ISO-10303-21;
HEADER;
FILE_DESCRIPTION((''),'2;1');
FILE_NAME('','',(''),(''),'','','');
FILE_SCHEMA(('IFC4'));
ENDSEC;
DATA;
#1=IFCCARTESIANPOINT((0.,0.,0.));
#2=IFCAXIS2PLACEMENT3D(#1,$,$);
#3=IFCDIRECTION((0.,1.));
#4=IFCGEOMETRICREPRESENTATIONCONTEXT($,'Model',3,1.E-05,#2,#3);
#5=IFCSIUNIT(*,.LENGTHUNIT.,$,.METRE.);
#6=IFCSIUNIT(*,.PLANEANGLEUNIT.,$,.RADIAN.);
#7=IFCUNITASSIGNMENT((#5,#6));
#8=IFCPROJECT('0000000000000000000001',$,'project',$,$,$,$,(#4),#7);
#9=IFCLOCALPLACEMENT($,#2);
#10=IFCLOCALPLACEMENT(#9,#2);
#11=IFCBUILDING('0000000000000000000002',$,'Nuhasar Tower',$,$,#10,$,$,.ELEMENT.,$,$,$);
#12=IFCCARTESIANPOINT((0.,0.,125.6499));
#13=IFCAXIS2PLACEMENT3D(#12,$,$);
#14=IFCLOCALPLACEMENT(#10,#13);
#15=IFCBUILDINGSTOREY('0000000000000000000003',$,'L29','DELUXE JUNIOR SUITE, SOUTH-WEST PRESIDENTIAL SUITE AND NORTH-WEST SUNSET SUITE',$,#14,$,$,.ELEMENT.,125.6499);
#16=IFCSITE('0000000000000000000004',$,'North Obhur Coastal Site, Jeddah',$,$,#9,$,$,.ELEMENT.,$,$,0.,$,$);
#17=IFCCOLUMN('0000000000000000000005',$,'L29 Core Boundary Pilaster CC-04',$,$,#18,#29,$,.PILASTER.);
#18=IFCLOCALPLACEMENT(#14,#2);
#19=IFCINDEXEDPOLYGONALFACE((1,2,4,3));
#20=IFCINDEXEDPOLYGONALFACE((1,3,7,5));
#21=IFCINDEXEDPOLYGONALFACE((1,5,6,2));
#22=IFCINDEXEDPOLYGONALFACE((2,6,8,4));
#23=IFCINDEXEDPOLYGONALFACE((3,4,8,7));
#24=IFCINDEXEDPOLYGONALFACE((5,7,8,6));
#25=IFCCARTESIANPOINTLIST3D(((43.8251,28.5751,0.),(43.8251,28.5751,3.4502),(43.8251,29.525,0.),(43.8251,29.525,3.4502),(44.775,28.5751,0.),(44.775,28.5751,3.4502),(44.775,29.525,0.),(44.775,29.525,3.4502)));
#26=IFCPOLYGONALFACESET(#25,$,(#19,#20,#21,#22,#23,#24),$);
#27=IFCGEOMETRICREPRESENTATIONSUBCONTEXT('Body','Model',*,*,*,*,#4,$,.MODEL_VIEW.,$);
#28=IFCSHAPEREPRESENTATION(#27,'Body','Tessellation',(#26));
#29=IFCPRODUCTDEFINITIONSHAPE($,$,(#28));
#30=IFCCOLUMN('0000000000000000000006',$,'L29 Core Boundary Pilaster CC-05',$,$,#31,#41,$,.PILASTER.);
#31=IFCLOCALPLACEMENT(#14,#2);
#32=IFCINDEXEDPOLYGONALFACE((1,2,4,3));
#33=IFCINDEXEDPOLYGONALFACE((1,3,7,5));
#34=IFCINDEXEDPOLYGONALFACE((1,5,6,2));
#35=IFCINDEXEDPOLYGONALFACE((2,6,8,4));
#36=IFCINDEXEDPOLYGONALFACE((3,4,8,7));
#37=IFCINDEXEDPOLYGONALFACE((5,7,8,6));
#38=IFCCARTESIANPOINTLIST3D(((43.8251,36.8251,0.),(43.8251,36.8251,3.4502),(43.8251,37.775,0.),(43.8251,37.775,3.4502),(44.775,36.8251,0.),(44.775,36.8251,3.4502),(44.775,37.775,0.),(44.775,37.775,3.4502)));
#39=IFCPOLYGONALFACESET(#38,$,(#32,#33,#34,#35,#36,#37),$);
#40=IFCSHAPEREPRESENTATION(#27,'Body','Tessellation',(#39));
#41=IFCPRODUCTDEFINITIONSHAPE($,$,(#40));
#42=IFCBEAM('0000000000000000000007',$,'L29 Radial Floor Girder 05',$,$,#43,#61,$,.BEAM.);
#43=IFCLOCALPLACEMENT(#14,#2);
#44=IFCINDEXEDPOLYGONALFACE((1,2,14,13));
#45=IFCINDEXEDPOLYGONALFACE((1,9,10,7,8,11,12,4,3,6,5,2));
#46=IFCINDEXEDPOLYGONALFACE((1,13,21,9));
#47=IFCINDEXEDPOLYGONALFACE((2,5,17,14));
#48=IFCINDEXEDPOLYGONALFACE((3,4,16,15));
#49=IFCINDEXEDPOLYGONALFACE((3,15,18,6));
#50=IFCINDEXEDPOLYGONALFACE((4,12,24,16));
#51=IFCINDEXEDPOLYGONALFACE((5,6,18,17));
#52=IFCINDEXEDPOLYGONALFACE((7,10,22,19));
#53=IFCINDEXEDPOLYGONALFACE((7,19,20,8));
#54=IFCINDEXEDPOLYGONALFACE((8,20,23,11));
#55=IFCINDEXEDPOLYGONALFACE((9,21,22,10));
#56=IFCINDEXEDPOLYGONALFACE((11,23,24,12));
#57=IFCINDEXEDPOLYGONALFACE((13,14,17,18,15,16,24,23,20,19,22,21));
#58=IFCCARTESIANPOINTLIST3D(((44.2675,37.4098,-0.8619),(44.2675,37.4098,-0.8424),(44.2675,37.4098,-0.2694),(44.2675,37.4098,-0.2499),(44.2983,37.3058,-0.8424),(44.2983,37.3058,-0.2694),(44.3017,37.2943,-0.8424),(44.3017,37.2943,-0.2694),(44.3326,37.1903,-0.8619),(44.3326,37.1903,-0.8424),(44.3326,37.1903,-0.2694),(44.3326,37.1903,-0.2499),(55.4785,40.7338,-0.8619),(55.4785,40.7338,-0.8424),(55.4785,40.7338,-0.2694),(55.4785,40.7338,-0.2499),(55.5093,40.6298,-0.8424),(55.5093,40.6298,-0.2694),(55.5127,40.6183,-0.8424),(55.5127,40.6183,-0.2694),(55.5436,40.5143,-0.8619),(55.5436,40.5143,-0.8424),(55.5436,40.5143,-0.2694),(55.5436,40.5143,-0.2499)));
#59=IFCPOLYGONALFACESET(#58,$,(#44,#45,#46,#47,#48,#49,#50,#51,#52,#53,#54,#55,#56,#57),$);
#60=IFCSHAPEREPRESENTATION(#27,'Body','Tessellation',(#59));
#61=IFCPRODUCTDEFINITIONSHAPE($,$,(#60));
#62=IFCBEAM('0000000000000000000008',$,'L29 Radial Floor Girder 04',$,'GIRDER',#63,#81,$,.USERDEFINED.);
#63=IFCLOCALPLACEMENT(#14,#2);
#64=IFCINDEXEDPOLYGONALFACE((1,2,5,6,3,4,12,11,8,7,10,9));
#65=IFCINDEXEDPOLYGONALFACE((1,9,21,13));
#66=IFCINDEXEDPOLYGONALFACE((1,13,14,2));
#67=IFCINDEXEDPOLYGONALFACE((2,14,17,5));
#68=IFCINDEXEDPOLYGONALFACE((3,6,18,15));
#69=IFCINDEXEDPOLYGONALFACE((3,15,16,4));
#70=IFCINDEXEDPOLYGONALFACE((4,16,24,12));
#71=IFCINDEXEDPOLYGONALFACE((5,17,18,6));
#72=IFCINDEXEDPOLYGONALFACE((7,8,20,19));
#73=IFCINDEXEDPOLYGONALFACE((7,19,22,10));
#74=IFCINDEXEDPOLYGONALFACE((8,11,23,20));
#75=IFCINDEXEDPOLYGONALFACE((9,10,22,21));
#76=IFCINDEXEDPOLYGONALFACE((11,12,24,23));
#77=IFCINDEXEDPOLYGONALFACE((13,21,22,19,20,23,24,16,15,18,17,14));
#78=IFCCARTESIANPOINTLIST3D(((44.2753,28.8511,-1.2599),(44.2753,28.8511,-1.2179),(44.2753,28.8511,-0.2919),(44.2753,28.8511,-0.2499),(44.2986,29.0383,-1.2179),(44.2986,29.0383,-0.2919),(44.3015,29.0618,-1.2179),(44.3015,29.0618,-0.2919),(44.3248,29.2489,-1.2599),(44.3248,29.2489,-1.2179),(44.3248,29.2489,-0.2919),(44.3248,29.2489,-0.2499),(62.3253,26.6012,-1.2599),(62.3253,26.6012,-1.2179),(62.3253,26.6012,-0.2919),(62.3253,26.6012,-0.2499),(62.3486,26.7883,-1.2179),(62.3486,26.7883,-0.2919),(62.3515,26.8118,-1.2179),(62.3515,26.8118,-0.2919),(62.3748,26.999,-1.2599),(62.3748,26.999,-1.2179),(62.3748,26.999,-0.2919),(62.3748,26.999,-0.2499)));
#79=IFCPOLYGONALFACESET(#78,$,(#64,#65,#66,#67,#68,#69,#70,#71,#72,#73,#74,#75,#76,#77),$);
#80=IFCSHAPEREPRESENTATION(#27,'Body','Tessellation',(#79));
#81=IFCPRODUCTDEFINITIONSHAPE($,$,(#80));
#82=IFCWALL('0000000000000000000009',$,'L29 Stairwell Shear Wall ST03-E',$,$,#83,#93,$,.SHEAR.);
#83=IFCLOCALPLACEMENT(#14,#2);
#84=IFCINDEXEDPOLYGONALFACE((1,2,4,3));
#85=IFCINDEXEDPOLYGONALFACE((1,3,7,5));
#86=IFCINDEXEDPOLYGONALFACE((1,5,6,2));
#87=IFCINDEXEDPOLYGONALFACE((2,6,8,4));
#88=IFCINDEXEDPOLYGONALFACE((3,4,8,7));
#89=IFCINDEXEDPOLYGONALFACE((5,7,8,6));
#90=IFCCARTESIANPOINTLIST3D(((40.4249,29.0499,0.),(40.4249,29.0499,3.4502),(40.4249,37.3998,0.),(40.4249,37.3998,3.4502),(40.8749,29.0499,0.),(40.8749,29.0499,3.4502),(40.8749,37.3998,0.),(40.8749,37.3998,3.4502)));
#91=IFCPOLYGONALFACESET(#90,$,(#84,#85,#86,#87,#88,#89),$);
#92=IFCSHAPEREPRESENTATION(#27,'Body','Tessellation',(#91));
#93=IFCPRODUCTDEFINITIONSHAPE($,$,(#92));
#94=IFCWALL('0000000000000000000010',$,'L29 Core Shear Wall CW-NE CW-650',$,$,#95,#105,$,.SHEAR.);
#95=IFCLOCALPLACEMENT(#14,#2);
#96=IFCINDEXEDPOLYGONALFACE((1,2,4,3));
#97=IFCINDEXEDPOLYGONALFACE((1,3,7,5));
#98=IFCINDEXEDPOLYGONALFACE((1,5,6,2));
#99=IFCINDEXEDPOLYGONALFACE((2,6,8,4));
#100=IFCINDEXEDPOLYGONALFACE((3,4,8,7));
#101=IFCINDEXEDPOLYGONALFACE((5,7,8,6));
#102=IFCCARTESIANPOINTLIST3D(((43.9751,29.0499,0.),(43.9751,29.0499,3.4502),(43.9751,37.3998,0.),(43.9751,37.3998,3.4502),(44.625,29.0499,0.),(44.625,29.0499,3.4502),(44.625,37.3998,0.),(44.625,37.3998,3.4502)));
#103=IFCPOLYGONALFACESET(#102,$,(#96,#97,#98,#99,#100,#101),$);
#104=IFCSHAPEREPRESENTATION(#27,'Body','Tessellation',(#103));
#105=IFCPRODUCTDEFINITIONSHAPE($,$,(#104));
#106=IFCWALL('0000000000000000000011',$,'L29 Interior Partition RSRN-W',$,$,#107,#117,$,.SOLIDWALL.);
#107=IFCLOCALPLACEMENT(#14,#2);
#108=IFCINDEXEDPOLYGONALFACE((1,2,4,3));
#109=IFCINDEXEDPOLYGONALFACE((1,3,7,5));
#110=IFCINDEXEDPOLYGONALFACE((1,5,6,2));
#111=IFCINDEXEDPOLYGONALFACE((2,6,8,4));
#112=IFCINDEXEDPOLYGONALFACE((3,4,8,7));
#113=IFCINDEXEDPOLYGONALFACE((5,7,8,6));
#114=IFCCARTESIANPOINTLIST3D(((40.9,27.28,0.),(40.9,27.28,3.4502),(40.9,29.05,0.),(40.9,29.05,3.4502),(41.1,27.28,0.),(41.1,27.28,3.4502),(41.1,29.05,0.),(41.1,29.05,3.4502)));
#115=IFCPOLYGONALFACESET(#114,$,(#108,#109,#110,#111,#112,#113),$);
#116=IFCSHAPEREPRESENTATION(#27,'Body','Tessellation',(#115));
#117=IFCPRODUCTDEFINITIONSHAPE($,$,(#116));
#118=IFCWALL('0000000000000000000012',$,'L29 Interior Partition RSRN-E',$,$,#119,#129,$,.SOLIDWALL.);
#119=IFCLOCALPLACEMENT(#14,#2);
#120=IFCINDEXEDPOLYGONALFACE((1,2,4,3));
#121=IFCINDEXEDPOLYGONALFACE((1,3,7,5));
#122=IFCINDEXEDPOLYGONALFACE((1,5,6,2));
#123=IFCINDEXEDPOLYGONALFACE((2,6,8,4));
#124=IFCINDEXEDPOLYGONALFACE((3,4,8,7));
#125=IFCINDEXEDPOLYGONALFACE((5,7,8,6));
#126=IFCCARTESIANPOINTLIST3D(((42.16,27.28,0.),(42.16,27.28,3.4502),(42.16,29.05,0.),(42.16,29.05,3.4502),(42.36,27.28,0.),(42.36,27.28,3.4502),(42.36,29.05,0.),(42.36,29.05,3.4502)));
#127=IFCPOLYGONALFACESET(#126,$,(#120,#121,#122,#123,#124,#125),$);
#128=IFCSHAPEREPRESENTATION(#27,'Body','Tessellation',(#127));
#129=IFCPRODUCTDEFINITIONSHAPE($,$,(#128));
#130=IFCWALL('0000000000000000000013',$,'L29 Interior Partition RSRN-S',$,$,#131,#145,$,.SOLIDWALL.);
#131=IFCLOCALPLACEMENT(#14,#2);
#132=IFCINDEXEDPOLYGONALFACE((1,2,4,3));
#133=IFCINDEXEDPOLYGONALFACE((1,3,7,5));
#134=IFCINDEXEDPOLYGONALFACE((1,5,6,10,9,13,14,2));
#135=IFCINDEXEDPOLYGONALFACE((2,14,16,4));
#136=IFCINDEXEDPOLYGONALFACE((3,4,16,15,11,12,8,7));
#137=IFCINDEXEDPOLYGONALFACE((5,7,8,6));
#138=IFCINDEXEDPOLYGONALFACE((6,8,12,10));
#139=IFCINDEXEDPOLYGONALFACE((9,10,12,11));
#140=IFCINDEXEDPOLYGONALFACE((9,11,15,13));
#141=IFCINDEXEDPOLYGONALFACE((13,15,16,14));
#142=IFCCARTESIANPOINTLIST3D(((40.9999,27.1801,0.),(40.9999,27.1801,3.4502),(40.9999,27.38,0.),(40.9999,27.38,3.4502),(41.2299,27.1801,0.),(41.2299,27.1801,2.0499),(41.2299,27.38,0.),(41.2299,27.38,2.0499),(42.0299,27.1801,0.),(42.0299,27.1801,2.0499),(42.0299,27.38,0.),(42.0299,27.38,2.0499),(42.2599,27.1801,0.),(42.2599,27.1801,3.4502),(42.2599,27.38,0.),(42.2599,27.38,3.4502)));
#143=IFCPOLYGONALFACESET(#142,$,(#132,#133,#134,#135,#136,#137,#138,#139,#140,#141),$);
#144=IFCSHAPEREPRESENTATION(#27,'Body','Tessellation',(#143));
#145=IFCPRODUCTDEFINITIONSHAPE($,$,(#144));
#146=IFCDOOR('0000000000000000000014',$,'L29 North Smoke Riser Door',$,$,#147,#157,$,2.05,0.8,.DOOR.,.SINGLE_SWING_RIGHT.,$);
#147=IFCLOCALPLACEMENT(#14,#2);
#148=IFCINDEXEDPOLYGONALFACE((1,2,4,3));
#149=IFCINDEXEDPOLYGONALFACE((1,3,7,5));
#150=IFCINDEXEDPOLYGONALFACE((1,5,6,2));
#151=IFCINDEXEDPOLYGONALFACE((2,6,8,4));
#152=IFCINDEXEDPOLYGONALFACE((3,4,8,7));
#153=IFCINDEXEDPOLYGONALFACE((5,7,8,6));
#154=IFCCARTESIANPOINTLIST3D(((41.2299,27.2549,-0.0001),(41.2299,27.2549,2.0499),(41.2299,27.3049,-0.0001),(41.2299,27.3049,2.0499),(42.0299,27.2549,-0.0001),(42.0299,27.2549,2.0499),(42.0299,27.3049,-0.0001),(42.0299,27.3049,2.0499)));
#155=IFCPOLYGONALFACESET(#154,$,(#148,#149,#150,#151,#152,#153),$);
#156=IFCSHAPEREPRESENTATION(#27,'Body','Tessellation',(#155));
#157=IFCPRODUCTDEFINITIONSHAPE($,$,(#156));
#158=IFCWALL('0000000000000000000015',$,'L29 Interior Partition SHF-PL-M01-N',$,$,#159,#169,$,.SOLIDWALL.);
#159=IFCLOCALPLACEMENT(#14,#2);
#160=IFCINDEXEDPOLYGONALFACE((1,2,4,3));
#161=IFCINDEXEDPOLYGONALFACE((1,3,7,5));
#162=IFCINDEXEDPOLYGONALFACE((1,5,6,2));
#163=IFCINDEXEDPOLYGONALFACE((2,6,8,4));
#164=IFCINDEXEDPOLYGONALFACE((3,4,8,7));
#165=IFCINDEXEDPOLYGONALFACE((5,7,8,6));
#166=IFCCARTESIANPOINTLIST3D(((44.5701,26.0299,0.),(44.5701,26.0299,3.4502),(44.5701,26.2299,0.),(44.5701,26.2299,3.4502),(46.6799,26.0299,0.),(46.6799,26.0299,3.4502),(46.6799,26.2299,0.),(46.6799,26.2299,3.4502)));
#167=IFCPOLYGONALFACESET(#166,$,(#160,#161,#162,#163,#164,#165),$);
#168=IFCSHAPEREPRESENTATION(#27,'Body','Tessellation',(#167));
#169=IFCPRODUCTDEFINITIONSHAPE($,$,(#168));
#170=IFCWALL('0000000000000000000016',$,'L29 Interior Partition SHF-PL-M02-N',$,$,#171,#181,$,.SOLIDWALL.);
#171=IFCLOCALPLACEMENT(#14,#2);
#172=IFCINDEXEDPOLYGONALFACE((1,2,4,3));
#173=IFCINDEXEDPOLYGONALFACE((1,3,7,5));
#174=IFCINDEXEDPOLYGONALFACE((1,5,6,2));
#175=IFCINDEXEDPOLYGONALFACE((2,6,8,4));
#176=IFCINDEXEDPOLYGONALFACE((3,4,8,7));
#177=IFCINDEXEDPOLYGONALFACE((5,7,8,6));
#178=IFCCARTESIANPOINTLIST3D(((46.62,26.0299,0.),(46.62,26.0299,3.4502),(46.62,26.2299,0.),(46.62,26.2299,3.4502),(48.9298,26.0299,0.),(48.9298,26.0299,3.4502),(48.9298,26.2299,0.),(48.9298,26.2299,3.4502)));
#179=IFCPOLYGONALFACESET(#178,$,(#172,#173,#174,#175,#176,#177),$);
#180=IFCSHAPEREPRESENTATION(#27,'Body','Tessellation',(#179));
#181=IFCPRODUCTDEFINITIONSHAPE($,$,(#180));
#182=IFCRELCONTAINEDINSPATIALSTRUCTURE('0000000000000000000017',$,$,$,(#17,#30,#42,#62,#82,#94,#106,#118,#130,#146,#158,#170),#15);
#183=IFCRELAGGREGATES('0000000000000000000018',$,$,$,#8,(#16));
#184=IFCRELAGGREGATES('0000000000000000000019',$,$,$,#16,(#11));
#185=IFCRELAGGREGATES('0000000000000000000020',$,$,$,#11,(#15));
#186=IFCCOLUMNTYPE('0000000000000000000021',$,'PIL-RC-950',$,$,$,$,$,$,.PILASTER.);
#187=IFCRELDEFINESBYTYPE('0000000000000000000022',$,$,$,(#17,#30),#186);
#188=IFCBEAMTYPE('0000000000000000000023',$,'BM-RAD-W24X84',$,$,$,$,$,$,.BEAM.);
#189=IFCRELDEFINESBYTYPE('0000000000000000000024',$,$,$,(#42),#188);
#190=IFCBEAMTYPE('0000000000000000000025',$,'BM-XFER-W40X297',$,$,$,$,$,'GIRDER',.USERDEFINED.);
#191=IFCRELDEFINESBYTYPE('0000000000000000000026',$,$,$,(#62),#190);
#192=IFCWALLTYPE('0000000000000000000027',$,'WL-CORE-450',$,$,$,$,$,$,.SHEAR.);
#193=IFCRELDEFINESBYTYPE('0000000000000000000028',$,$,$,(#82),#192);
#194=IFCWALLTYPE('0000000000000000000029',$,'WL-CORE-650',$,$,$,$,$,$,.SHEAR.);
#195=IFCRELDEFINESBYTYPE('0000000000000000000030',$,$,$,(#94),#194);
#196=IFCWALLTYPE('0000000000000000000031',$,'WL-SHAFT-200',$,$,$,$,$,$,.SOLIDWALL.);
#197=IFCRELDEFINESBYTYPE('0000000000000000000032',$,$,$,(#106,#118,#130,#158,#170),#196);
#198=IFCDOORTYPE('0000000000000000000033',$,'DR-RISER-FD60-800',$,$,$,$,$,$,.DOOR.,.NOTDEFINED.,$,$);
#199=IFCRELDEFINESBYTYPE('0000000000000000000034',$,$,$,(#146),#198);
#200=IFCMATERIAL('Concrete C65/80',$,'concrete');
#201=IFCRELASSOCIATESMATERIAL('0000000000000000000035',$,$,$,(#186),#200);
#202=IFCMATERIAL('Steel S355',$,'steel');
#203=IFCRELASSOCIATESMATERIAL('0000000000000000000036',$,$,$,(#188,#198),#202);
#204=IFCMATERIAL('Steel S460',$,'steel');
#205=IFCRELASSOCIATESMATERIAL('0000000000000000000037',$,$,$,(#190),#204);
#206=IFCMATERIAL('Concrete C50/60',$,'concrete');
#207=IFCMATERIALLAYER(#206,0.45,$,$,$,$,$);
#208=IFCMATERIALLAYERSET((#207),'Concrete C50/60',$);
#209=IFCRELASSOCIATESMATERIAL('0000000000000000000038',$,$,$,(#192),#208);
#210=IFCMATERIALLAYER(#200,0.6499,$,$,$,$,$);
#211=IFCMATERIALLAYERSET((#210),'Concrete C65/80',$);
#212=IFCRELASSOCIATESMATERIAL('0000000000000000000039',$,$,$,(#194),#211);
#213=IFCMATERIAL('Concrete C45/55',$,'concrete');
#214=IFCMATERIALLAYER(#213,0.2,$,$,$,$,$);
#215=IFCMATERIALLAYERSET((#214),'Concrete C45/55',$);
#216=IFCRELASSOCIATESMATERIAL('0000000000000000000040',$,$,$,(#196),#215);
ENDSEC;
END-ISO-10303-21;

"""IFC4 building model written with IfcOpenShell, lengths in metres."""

from ifc_helpers import new_model, si_unit, direction, frame, frame_2d, origin, origin_2d, place, context, subcontext, project, spatial, rectangle, i_section, extrude, material, layer, layer_set, material_profile, profile_set, type_object, element, fill, save


model = new_model("IFC4")

# Units and contexts
model_context = context("Model", 3, precision=1e-05, world=origin(), true_north=direction((0.0, 1.0)))
body_context = subcontext(model_context, "Body", "Model", "MODEL_VIEW")
ifc_project = project(units=[si_unit("LENGTHUNIT", "METRE"), si_unit("PLANEANGLEUNIT", "RADIAN")], contexts=[model_context])

# Site, building, storey
site_placement = place(None, origin())
site = spatial("IfcSite", under=ifc_project, at=site_placement, Name="North Obhur Coastal Site, Jeddah", CompositionType="ELEMENT", RefElevation=0.0)
building_placement = place(site_placement, origin())
building = spatial("IfcBuilding", under=site, at=building_placement, Name="Nuhasar Tower", CompositionType="ELEMENT")
storey_placement = place(building_placement, frame((0.0, 0.0, 125.6499)))
storey = spatial("IfcBuildingStorey", under=building, at=storey_placement, Name="L29", Description="DELUXE JUNIOR SUITE, SOUTH-WEST PRESIDENTIAL SUITE AND NORTH-WEST SUNSET SUITE", CompositionType="ELEMENT", Elevation=125.6499)

# Columns
ifc_material_1 = material(Name="Concrete C65/80", Category="concrete")
ifc_material_profile_1 = material_profile(ifc_material_1, rectangle(XDim=0.95, YDim=0.95, at=origin_2d()), Name="RC950X950")
ifc_profile_set_1 = profile_set([ifc_material_profile_1], Name="Concrete C65/80")
column_type = type_object("IfcColumnType", Name="PIL-RC-950", PredefinedType="PILASTER", material=ifc_profile_set_1)
for number, where, z_axis, x_axis, name in (
    (1, (44.3, 29.05, 0.0), (0.0, 0.0, 1.0), (1.0, 0.0, 0.0), "L29 Core Boundary Pilaster CC-04"),
    (2, (44.3, 37.3, 0.0), (0.0, 0.0, 1.0), (1.0, 0.0, 0.0), "L29 Core Boundary Pilaster CC-05"),
):
    element("IfcColumn", number, at=place(storey_placement, frame(where, z_axis=z_axis, x_axis=x_axis)), inside=storey, type_object=column_type, Name=name, PredefinedType="PILASTER", context=body_context, shape_type="SweptSolid", body=[
        extrude(rectangle(XDim=0.95, YDim=0.95, at=origin_2d()), origin(), (0.0, 0.0, 1.0), 3.4502),
    ])

# Beams
ifc_material_2 = material(Name="Steel S355", Category="steel")
ifc_material_profile_2 = material_profile(ifc_material_2, i_section(OverallWidth=0.229, OverallDepth=0.6121, WebThickness=0.012, FlangeThickness=0.0195, at=origin_2d()), Name="W24X84")
ifc_profile_set_2 = profile_set([ifc_material_profile_2], Name="Steel S355")
beam_type_1 = type_object("IfcBeamType", Name="BM-RAD-W24X84", PredefinedType="BEAM", material=ifc_profile_set_2)
beam_1_placement = place(storey_placement, frame((44.3, 37.3, -0.5559), z_axis=(0.958746, 0.284262, 0.0), x_axis=(-0.284262, 0.958746, 0.0)))
element("IfcBeam", 3, at=beam_1_placement, inside=storey, type_object=beam_type_1, Name="L29 Radial Floor Girder 05", PredefinedType="BEAM", context=body_context, shape_type="SweptSolid", body=[
    extrude(i_section(OverallWidth=0.229, OverallDepth=0.6121, WebThickness=0.012, FlangeThickness=0.0195, at=origin_2d()), origin(), (0.0, 0.0, 1.0), 11.6934),
])
ifc_material_3 = material(Name="Steel S460", Category="steel")
ifc_material_profile_3 = material_profile(ifc_material_3, i_section(OverallWidth=0.4009, OverallDepth=1.01, WebThickness=0.0237, FlangeThickness=0.042, at=origin_2d()), Name="W40X297")
ifc_profile_set_3 = profile_set([ifc_material_profile_3], Name="Steel S460")
beam_type_2 = type_object("IfcBeamType", Name="BM-XFER-W40X297", ElementType="GIRDER", PredefinedType="USERDEFINED", material=ifc_profile_set_3)
beam_2_placement = place(storey_placement, frame((44.3, 29.05, -0.7549), z_axis=(0.99232, -0.123696, 0.0), x_axis=(0.123696, 0.99232, 0.0)))
element("IfcBeam", 4, at=beam_2_placement, inside=storey, type_object=beam_type_2, Name="L29 Radial Floor Girder 04", ObjectType="GIRDER", PredefinedType="USERDEFINED", context=body_context, shape_type="SweptSolid", body=[
    extrude(i_section(OverallWidth=0.4009, OverallDepth=1.01, WebThickness=0.0237, FlangeThickness=0.042, at=origin_2d()), origin(), (0.0, 0.0, 1.0), 18.1897),
])

# Shared definitions
ifc_material_4 = material(Name="Concrete C50/60", Category="concrete")
ifc_layer_1 = layer(ifc_material_4, 0.45)
ifc_layer_set_1 = layer_set([ifc_layer_1], Name="Concrete C50/60")
wall_type_1 = type_object("IfcWallType", Name="WL-CORE-450", PredefinedType="SHEAR", material=ifc_layer_set_1)

# Walls
wall_1_placement = place(storey_placement, frame((40.6499, 29.05, 0.0), z_axis=(0.0, 0.0, 1.0), x_axis=(0.0, 1.0, 0.0)))
element("IfcWall", 5, at=wall_1_placement, inside=storey, type_object=wall_type_1, Name="L29 Stairwell Shear Wall ST03-E", PredefinedType="SHEAR", context=body_context, shape_type="SweptSolid", body=[
    extrude(rectangle(XDim=8.3499, YDim=0.45, at=frame_2d((4.1748, 0.0))), origin(), (0.0, 0.0, 1.0), 3.4502),
])
ifc_layer_2 = layer(ifc_material_1, 0.6499)
ifc_layer_set_2 = layer_set([ifc_layer_2], Name="Concrete C65/80")
wall_type_2 = type_object("IfcWallType", Name="WL-CORE-650", PredefinedType="SHEAR", material=ifc_layer_set_2)
wall_2_placement = place(storey_placement, frame((44.3, 29.05, 0.0), z_axis=(0.0, 0.0, 1.0), x_axis=(0.0, 1.0, 0.0)))
element("IfcWall", 6, at=wall_2_placement, inside=storey, type_object=wall_type_2, Name="L29 Core Shear Wall CW-NE CW-650", PredefinedType="SHEAR", context=body_context, shape_type="SweptSolid", body=[
    extrude(rectangle(XDim=8.3499, YDim=0.6499, at=frame_2d((4.1748, 0.0))), origin(), (0.0, 0.0, 1.0), 3.4502),
])
ifc_material_5 = material(Name="Concrete C45/55", Category="concrete")
ifc_layer_3 = layer(ifc_material_5, 0.2)
ifc_layer_set_3 = layer_set([ifc_layer_3], Name="Concrete C45/55")
wall_type_3 = type_object("IfcWallType", Name="WL-SHAFT-200", PredefinedType="SOLIDWALL", material=ifc_layer_set_3)
for number, where, z_axis, x_axis, name in (
    (7, (41.0, 27.28, 0.0), (0.0, 0.0, 1.0), (0.0, 1.0, 0.0), "L29 Interior Partition RSRN-W"),
    (8, (42.26, 27.28, 0.0), (0.0, 0.0, 1.0), (0.0, 1.0, 0.0), "L29 Interior Partition RSRN-E"),
):
    element("IfcWall", number, at=place(storey_placement, frame(where, z_axis=z_axis, x_axis=x_axis)), inside=storey, type_object=wall_type_3, Name=name, PredefinedType="SOLIDWALL", context=body_context, shape_type="SweptSolid", body=[
        extrude(rectangle(XDim=1.77, YDim=0.2, at=frame_2d((0.885, 0.0))), origin(), (0.0, 0.0, 1.0), 3.4502),
    ])

# Wall, opening, door
wall_3_placement = place(storey_placement, frame((41.0, 27.28, 0.0), z_axis=(0.0, 0.0, 1.0), x_axis=(1.0, 0.0, 0.0)))
wall_3 = element("IfcWall", 9, at=wall_3_placement, inside=storey, type_object=wall_type_3, Name="L29 Interior Partition RSRN-S", PredefinedType="SOLIDWALL", context=body_context, shape_type="SweptSolid", body=[
    extrude(rectangle(XDim=1.26, YDim=0.2, at=frame_2d((0.6299, 0.0))), origin(), (0.0, 0.0, 1.0), 3.4502),
])
opening_1_placement = place(wall_3_placement, frame((0.23, 0.0, 0.0)))
opening_1 = element("IfcOpeningElement", 10, at=opening_1_placement, cuts=wall_3, PredefinedType="OPENING", context=body_context, shape_type="SweptSolid", body=[
    extrude(rectangle(XDim=0.8, YDim=2.05, at=frame_2d((0.3999, 1.0249))), frame((0.0, 0.1099, 0.0), z_axis=(0.0, -1.0, 0.0), x_axis=(1.0, 0.0, 0.0)), (0.0, 0.0, 1.0), 0.22),
])
door_type_1 = type_object("IfcDoorType", Name="DR-RISER-FD60-800", OperationType="NOTDEFINED", PredefinedType="DOOR", material=ifc_material_2)
door_1_placement = place(opening_1_placement, origin())
door_1 = element("IfcDoor", 11, at=door_1_placement, inside=storey, type_object=door_type_1, Name="L29 North Smoke Riser Door", OperationType="SINGLE_SWING_RIGHT", OverallHeight=2.05, OverallWidth=0.8, PredefinedType="DOOR", context=body_context, shape_type="SweptSolid", body=[
    extrude(rectangle(XDim=0.8, YDim=2.05, at=frame_2d((0.3999, 1.0249))), frame((0.0, 0.0249, 0.0), z_axis=(0.0, -1.0, 0.0), x_axis=(1.0, 0.0, 0.0)), (0.0, 0.0, 1.0), 0.05),
])
fill(opening_1, door_1)

# Walls
wall_4_placement = place(storey_placement, frame((44.5701, 26.1299, 0.0), z_axis=(0.0, 0.0, 1.0), x_axis=(1.0, 0.0, 0.0)))
element("IfcWall", 12, at=wall_4_placement, inside=storey, type_object=wall_type_3, Name="L29 Interior Partition SHF-PL-M01-N", PredefinedType="SOLIDWALL", context=body_context, shape_type="SweptSolid", body=[
    extrude(rectangle(XDim=2.1099, YDim=0.2, at=frame_2d((1.0549, 0.0))), origin(), (0.0, 0.0, 1.0), 3.4502),
])
wall_5_placement = place(storey_placement, frame((46.6201, 26.1299, 0.0), z_axis=(0.0, 0.0, 1.0), x_axis=(1.0, 0.0, 0.0)))
element("IfcWall", 13, at=wall_5_placement, inside=storey, type_object=wall_type_3, Name="L29 Interior Partition SHF-PL-M02-N", PredefinedType="SOLIDWALL", context=body_context, shape_type="SweptSolid", body=[
    extrude(rectangle(XDim=2.3098, YDim=0.2, at=frame_2d((1.1548, 0.0))), origin(), (0.0, 0.0, 1.0), 3.4502),
])

save(model, "model.ifc")
